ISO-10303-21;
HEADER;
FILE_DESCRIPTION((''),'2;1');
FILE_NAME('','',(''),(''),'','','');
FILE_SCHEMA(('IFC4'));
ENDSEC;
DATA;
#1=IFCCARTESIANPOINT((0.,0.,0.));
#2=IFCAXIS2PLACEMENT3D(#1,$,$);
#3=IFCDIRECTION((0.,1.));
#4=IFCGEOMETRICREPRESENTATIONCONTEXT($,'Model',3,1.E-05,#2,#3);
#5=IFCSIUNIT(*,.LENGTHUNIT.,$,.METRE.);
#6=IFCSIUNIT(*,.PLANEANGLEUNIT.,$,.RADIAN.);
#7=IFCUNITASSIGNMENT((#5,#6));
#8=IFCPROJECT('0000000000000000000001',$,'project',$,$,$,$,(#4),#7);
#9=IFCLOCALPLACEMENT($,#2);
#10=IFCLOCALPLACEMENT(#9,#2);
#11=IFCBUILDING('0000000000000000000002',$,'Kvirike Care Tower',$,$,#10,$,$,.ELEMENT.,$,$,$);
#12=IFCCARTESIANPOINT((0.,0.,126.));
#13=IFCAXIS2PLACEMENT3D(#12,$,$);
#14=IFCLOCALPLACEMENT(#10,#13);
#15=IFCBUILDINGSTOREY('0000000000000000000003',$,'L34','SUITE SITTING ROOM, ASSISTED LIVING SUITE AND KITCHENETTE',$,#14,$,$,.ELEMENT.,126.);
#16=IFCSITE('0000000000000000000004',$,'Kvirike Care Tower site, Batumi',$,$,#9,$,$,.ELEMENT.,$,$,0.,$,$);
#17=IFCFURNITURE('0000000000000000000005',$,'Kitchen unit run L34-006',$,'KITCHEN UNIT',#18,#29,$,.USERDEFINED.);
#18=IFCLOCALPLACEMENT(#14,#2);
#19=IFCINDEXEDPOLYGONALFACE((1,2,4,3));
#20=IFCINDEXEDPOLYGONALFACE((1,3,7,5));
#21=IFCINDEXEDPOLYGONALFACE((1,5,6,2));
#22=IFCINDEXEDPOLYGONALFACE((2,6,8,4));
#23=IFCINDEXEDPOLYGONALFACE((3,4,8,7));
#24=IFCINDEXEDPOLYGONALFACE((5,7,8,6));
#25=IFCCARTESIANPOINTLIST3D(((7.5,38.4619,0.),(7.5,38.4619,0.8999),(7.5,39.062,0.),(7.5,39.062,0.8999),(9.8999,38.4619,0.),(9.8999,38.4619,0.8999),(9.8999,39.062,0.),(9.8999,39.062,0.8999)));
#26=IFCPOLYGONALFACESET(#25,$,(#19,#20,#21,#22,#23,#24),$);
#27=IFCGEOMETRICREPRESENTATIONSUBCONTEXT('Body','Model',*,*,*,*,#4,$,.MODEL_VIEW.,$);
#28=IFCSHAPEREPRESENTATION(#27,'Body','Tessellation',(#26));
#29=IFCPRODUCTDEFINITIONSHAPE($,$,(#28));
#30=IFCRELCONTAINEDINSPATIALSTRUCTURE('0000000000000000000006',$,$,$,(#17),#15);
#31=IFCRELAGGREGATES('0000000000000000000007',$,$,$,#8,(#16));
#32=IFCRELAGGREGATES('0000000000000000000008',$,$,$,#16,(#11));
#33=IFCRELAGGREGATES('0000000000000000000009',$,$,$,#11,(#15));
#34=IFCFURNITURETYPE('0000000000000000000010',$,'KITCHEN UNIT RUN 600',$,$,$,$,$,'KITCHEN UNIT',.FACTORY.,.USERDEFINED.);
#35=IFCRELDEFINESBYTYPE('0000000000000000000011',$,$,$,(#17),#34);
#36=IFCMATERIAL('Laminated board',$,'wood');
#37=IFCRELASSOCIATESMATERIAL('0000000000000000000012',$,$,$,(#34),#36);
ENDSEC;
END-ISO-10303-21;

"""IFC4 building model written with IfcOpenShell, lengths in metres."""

from ifc_helpers import new_model, si_unit, direction, frame, origin, origin_2d, place, context, subcontext, project, spatial, rectangle, extrude, material, type_object, element, save


model = new_model("IFC4")

# Units and contexts
model_context = context("Model", 3, precision=1e-05, world=origin(), true_north=direction((0.0, 1.0)))
body_context = subcontext(model_context, "Body", "Model", "MODEL_VIEW")
ifc_project = project(units=[si_unit("LENGTHUNIT", "METRE"), si_unit("PLANEANGLEUNIT", "RADIAN")], contexts=[model_context])

# Site, building, storey
site_placement = place(None, origin())
site = spatial("IfcSite", under=ifc_project, at=site_placement, Name="Kvirike Care Tower site, Batumi", CompositionType="ELEMENT", RefElevation=0.0)
building_placement = place(site_placement, origin())
building = spatial("IfcBuilding", under=site, at=building_placement, Name="Kvirike Care Tower", CompositionType="ELEMENT")
storey_placement = place(building_placement, frame((0.0, 0.0, 126.0)))
storey = spatial("IfcBuildingStorey", under=building, at=storey_placement, Name="L34", Description="SUITE SITTING ROOM, ASSISTED LIVING SUITE AND KITCHENETTE", CompositionType="ELEMENT", Elevation=126.0)

# Furniture
ifc_material_1 = material(Name="Laminated board", Category="wood")
furniture_type = type_object("IfcFurnitureType", Name="KITCHEN UNIT RUN 600", ElementType="KITCHEN UNIT", AssemblyPlace="FACTORY", PredefinedType="USERDEFINED", material=ifc_material_1)
furniture_placement = place(storey_placement, frame((8.7, 38.762, 0.0), z_axis=(0.0, 0.0, 1.0), x_axis=(-1.0, 0.0, 0.0)))
element("IfcFurniture", 1, at=furniture_placement, inside=storey, type_object=furniture_type, Name="Kitchen unit run L34-006", ObjectType="KITCHEN UNIT", PredefinedType="USERDEFINED", context=body_context, shape_type="SweptSolid", body=[
    extrude(rectangle(XDim=2.3999, YDim=0.6001, at=origin_2d()), origin(), (0.0, 0.0, 1.0), 0.8999),
])

save(model, "model.ifc")
